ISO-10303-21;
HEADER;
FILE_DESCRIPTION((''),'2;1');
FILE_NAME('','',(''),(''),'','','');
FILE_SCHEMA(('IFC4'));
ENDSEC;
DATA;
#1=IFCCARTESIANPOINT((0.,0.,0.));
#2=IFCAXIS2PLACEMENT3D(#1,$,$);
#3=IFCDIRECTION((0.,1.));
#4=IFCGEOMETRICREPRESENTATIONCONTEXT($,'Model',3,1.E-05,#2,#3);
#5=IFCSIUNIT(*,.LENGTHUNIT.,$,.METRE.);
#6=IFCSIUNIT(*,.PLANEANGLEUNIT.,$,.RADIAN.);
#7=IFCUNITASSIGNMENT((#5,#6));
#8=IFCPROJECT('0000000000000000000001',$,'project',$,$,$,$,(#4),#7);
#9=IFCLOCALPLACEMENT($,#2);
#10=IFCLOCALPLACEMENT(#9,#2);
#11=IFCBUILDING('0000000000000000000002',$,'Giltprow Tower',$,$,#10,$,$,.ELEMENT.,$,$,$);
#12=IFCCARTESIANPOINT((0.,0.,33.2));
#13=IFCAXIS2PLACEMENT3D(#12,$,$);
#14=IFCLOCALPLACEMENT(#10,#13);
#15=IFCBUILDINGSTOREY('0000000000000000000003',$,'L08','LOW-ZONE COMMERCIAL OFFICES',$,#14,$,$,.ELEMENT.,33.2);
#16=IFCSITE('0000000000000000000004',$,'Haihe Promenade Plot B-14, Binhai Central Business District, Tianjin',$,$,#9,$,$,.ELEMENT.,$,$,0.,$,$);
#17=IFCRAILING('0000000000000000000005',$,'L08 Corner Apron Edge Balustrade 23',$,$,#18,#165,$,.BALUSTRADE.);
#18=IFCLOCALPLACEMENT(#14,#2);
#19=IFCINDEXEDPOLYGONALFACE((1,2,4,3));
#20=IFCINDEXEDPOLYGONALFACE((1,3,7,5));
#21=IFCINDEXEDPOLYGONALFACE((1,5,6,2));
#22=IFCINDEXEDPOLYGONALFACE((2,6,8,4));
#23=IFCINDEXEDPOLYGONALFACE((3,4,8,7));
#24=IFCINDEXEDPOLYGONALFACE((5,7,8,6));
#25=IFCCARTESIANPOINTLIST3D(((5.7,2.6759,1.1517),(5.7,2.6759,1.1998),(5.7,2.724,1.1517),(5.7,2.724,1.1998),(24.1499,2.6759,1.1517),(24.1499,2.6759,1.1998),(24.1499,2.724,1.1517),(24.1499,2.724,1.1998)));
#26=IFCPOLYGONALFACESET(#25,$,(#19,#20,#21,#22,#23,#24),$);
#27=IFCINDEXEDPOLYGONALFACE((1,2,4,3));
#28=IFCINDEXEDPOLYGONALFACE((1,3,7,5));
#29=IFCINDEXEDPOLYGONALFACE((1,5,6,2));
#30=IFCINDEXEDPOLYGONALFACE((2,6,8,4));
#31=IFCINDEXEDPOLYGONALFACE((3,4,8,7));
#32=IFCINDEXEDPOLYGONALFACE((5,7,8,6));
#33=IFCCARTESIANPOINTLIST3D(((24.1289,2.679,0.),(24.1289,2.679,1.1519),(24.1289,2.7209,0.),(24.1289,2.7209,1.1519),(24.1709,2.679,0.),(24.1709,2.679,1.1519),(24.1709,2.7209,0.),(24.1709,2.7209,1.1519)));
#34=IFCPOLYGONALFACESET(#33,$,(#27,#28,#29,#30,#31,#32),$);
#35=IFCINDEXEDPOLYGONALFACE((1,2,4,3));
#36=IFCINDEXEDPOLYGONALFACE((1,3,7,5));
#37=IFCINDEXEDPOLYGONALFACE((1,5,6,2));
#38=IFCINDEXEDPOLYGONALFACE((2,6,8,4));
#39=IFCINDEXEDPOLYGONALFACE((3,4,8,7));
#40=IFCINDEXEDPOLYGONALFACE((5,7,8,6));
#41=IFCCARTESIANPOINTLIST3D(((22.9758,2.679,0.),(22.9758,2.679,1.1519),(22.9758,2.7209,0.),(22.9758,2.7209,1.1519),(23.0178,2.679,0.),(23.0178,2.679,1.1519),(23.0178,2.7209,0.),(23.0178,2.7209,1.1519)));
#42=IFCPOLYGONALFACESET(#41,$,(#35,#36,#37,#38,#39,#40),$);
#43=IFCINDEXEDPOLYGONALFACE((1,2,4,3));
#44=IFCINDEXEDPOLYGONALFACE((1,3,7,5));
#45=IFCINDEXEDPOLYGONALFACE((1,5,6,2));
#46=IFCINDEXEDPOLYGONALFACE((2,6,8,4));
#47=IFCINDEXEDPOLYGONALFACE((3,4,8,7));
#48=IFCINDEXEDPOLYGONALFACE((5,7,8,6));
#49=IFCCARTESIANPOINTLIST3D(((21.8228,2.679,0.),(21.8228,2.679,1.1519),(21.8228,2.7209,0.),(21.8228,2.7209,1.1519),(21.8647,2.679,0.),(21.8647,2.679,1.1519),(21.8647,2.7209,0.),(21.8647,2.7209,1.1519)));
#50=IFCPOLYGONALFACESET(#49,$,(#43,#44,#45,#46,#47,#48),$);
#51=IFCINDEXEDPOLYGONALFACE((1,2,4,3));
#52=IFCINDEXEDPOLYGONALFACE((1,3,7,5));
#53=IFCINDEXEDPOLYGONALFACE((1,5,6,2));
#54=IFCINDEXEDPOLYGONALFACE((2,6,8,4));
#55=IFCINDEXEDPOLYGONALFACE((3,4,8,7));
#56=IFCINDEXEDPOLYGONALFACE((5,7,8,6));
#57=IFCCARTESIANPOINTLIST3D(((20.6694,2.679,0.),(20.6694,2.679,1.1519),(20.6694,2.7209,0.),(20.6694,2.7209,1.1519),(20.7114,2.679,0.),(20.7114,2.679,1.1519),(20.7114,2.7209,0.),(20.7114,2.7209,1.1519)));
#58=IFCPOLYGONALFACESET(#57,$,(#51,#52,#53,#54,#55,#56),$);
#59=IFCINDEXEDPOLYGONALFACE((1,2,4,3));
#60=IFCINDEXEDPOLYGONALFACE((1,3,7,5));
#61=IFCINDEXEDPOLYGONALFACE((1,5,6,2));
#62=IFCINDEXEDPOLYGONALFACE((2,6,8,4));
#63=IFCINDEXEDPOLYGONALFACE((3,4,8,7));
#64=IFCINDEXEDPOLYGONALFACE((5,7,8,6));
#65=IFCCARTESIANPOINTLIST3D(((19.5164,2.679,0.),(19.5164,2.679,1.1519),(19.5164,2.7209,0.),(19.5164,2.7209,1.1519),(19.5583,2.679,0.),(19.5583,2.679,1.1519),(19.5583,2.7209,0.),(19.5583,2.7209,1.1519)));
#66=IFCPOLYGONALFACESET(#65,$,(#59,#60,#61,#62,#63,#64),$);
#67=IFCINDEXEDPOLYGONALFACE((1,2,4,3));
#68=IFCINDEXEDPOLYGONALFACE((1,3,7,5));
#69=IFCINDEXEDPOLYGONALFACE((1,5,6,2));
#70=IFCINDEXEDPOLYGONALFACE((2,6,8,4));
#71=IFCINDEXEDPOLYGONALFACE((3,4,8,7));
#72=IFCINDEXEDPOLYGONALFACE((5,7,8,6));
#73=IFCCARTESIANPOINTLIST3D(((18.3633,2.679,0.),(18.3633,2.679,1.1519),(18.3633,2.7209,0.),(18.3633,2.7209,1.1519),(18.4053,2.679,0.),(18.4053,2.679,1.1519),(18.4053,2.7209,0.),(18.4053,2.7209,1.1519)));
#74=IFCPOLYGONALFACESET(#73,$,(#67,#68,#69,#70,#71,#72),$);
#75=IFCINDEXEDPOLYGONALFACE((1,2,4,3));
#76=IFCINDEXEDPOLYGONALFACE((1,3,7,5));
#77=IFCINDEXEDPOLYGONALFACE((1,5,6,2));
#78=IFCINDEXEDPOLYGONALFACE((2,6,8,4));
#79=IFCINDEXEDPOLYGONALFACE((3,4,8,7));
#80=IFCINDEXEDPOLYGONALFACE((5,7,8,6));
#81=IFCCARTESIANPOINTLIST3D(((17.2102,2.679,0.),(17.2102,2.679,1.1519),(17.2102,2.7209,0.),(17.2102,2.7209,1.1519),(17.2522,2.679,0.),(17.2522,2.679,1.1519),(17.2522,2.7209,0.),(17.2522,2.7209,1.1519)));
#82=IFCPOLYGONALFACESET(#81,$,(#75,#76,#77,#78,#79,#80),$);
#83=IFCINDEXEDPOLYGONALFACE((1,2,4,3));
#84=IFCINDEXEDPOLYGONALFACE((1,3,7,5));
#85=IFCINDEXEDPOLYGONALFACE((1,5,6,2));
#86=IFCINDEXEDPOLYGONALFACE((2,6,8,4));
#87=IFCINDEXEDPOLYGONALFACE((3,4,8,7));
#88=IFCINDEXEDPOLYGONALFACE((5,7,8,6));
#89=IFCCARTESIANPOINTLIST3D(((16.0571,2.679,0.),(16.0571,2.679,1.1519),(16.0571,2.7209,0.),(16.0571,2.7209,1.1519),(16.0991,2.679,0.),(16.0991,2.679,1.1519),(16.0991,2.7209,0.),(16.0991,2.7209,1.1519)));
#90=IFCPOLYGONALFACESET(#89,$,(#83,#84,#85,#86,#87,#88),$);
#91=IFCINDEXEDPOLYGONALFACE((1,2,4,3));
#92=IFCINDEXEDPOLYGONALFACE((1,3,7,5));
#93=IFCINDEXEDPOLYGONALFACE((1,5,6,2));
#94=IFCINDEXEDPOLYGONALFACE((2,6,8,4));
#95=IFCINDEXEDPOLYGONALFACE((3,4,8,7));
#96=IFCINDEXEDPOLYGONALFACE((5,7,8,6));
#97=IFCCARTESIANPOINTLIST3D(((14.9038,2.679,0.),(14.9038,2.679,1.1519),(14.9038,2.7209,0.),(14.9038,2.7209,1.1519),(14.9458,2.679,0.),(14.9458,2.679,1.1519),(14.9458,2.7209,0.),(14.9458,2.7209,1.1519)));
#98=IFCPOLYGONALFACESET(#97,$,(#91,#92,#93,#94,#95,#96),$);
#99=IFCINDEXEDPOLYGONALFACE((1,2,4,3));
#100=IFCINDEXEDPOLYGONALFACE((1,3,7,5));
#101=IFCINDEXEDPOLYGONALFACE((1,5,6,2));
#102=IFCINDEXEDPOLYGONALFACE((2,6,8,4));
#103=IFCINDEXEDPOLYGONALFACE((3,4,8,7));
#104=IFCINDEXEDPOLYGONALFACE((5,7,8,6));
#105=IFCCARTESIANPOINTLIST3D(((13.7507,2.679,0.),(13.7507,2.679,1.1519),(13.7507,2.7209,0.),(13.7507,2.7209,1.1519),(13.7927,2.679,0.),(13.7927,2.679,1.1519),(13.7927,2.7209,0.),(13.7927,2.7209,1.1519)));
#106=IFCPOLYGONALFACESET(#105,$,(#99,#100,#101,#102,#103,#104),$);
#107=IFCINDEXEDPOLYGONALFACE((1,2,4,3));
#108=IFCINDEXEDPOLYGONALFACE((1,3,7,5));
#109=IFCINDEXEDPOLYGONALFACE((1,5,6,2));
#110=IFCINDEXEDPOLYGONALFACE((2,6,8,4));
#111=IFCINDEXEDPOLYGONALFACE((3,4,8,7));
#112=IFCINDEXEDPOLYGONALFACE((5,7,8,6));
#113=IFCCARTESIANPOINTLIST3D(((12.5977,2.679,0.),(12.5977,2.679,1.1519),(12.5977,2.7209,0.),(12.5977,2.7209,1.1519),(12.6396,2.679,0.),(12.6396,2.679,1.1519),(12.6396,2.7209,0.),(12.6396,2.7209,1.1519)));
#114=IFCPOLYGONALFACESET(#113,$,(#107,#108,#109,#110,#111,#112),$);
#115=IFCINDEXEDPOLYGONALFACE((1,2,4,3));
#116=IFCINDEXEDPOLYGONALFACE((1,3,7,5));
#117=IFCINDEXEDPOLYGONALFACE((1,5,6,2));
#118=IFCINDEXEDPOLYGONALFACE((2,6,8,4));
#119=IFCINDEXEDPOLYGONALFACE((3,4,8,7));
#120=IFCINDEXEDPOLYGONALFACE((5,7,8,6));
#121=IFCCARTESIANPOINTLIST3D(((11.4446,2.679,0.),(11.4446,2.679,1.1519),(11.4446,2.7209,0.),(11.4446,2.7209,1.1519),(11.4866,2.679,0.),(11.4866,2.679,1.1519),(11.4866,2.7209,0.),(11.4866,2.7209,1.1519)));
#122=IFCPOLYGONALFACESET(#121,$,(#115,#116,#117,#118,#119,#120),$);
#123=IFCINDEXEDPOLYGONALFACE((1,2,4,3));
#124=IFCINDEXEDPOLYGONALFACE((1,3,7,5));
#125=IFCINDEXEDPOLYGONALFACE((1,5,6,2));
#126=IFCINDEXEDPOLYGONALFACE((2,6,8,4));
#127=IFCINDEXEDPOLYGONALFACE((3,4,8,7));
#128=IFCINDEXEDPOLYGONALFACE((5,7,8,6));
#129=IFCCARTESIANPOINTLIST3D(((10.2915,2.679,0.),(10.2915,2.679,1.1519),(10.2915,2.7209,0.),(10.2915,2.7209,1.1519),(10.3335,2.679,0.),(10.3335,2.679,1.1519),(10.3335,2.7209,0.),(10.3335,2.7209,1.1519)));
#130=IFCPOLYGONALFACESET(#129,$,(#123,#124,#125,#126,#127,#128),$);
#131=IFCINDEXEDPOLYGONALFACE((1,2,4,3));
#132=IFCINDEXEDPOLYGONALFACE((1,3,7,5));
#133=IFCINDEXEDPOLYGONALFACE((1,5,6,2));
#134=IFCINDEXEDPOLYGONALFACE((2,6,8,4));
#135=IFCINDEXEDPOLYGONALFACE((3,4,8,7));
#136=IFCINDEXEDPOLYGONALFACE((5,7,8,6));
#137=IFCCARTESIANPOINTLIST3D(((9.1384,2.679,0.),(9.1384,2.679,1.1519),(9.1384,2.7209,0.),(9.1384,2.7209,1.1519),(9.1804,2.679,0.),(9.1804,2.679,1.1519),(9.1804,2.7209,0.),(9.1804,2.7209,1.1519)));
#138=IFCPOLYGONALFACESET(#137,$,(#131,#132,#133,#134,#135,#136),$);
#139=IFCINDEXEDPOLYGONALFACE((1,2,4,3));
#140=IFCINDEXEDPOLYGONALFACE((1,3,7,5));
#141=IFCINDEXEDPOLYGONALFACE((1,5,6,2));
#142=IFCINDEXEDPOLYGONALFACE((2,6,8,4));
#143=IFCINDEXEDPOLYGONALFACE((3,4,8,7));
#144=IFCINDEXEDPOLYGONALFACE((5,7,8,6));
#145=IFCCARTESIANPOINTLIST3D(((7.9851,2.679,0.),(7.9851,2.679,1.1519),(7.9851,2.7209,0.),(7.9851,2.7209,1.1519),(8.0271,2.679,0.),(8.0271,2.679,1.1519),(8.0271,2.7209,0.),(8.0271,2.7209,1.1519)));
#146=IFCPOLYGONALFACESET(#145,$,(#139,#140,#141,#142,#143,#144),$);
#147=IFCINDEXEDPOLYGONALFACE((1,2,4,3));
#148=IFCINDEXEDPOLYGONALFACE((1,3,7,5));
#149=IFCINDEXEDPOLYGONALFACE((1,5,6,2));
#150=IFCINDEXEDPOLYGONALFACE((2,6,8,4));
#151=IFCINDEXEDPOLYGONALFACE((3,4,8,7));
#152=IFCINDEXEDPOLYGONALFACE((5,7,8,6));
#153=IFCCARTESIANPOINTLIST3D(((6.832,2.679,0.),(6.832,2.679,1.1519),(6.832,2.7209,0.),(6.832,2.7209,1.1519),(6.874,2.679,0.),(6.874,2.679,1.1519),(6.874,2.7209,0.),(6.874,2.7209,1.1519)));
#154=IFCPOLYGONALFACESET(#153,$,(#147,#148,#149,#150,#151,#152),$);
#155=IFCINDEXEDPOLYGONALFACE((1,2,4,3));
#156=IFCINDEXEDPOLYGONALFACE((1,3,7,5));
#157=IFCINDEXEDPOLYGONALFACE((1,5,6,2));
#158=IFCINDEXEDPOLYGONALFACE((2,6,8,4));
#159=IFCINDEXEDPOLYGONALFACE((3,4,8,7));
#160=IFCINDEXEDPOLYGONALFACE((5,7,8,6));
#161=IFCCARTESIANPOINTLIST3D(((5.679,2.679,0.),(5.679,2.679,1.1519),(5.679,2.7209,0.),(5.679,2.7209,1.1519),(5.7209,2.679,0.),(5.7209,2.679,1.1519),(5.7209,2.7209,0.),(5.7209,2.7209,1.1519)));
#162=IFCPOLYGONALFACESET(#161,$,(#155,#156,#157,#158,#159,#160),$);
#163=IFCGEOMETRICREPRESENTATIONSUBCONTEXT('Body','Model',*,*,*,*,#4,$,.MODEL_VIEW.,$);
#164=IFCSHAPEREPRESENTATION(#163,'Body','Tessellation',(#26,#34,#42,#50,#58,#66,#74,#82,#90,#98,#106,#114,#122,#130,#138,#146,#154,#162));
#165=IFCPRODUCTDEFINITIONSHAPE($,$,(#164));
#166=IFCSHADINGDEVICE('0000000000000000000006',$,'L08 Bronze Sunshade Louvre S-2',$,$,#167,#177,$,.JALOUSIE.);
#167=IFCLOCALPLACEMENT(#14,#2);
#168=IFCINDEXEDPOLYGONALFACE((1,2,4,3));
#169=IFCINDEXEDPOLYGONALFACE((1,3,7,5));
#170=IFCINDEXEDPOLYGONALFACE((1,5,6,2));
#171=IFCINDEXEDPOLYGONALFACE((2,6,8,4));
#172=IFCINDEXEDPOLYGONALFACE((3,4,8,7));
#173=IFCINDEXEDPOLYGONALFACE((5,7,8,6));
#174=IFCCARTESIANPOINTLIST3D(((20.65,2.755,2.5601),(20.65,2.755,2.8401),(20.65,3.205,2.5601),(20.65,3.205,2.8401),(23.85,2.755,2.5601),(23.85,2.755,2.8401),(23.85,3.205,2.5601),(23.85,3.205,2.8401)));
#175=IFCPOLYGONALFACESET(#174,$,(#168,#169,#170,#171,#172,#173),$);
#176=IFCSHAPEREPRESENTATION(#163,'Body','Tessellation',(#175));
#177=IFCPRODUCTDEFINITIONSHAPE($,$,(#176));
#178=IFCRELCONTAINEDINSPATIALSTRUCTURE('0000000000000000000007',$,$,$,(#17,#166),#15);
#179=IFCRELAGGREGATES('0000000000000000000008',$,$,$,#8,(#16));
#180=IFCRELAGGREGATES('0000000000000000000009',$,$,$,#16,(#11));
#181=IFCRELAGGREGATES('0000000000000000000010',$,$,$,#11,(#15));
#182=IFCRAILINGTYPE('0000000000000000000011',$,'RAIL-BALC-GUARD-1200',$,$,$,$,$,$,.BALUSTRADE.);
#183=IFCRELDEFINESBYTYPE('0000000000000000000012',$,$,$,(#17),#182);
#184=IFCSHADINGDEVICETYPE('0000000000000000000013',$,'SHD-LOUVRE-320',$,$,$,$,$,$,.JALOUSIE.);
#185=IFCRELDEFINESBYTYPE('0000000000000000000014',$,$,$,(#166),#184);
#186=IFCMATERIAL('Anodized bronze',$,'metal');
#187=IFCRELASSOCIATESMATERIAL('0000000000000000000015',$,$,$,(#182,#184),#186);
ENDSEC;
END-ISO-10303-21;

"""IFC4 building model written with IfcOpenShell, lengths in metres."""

from ifc_helpers import new_model, si_unit, direction, frame, origin, origin_2d, place, context, subcontext, project, spatial, rectangle, extrude, source, transform, mapped, material, type_object, element, save


model = new_model("IFC4")

# Units and contexts
model_context = context("Model", 3, precision=1e-05, world=origin(), true_north=direction((0.0, 1.0)))
body_context = subcontext(model_context, "Body", "Model", "MODEL_VIEW")
ifc_project = project(units=[si_unit("LENGTHUNIT", "METRE"), si_unit("PLANEANGLEUNIT", "RADIAN")], contexts=[model_context])

# Site, building, storey
site_placement = place(None, origin())
site = spatial("IfcSite", under=ifc_project, at=site_placement, Name="Haihe Promenade Plot B-14, Binhai Central Business District, Tianjin", CompositionType="ELEMENT", RefElevation=0.0)
building_placement = place(site_placement, origin())
building = spatial("IfcBuilding", under=site, at=building_placement, Name="Giltprow Tower", CompositionType="ELEMENT")
storey_placement = place(building_placement, frame((0.0, 0.0, 33.2)))
storey = spatial("IfcBuildingStorey", under=building, at=storey_placement, Name="L08", Description="LOW-ZONE COMMERCIAL OFFICES", CompositionType="ELEMENT", Elevation=33.2)

# Shared definitions
ifc_material_1 = material(Name="Anodized bronze", Category="metal")

# Railing
railing_type = type_object("IfcRailingType", Name="RAIL-BALC-GUARD-1200", PredefinedType="BALUSTRADE", material=ifc_material_1)
railing_1_placement = place(storey_placement, frame((24.1499, 2.7, 0.0)))
element("IfcRailing", 1, at=railing_1_placement, inside=storey, type_object=railing_type, Name="L08 Corner Apron Edge Balustrade 23", PredefinedType="BALUSTRADE", context=body_context, shape_type="SweptSolid", body=[
    extrude(rectangle(XDim=0.0481, YDim=0.0481, at=origin_2d()), frame((0.0, 0.0, 1.1758), z_axis=(-1.0, 0.0, 0.0), x_axis=(0.0, -1.0, 0.0)), (0.0, 0.0, 1.0), 18.45),
    extrude(rectangle(XDim=0.042, YDim=0.042, at=origin_2d()), origin(), (0.0, 0.0, 1.0), 1.1519),
    extrude(rectangle(XDim=0.042, YDim=0.042, at=origin_2d()), frame((-1.1531, 0.0, 0.0)), (0.0, 0.0, 1.0), 1.1519),
    extrude(rectangle(XDim=0.042, YDim=0.042, at=origin_2d()), frame((-2.3062, 0.0, 0.0)), (0.0, 0.0, 1.0), 1.1519),
    extrude(rectangle(XDim=0.042, YDim=0.042, at=origin_2d()), frame((-3.4595, 0.0, 0.0)), (0.0, 0.0, 1.0), 1.1519),
    extrude(rectangle(XDim=0.042, YDim=0.042, at=origin_2d()), frame((-4.6125, 0.0, 0.0)), (0.0, 0.0, 1.0), 1.1519),
    extrude(rectangle(XDim=0.042, YDim=0.042, at=origin_2d()), frame((-5.7656, 0.0, 0.0)), (0.0, 0.0, 1.0), 1.1519),
    extrude(rectangle(XDim=0.042, YDim=0.042, at=origin_2d()), frame((-6.9187, 0.0, 0.0)), (0.0, 0.0, 1.0), 1.1519),
    extrude(rectangle(XDim=0.042, YDim=0.042, at=origin_2d()), frame((-8.0718, 0.0, 0.0)), (0.0, 0.0, 1.0), 1.1519),
    extrude(rectangle(XDim=0.042, YDim=0.042, at=origin_2d()), frame((-9.2251, 0.0, 0.0)), (0.0, 0.0, 1.0), 1.1519),
    extrude(rectangle(XDim=0.042, YDim=0.042, at=origin_2d()), frame((-10.3782, 0.0, 0.0)), (0.0, 0.0, 1.0), 1.1519),
    extrude(rectangle(XDim=0.042, YDim=0.042, at=origin_2d()), frame((-11.5312, 0.0, 0.0)), (0.0, 0.0, 1.0), 1.1519),
    extrude(rectangle(XDim=0.042, YDim=0.042, at=origin_2d()), frame((-12.6843, 0.0, 0.0)), (0.0, 0.0, 1.0), 1.1519),
    extrude(rectangle(XDim=0.042, YDim=0.042, at=origin_2d()), frame((-13.8374, 0.0, 0.0)), (0.0, 0.0, 1.0), 1.1519),
    extrude(rectangle(XDim=0.042, YDim=0.042, at=origin_2d()), frame((-14.9905, 0.0, 0.0)), (0.0, 0.0, 1.0), 1.1519),
    extrude(rectangle(XDim=0.042, YDim=0.042, at=origin_2d()), frame((-16.1438, 0.0, 0.0)), (0.0, 0.0, 1.0), 1.1519),
    extrude(rectangle(XDim=0.042, YDim=0.042, at=origin_2d()), frame((-17.2969, 0.0, 0.0)), (0.0, 0.0, 1.0), 1.1519),
    extrude(rectangle(XDim=0.042, YDim=0.042, at=origin_2d()), frame((-18.45, 0.0, 0.0)), (0.0, 0.0, 1.0), 1.1519),
])

# Shading device
shading_device_type = type_object("IfcShadingDeviceType", Name="SHD-LOUVRE-320", PredefinedType="JALOUSIE", material=ifc_material_1)
shared_shape_1 = source(origin(), body_context, "Body", "SweptSolid", [
    extrude(rectangle(XDim=3.2, YDim=0.45, at=origin_2d()), origin(), (0.0, 0.0, 1.0), 0.28),
])
shading_device_placement = place(storey_placement, frame((22.25, 2.98, 2.5601), z_axis=(0.0, 0.0, 1.0), x_axis=(1.0, 0.0, 0.0)))
element("IfcShadingDevice", 2, at=shading_device_placement, inside=storey, type_object=shading_device_type, Name="L08 Bronze Sunshade Louvre S-2", PredefinedType="JALOUSIE", context=body_context, shape_type="MappedRepresentation", body=[
    mapped(shared_shape_1, transform((0.0, 0.0, 0.0), x_axis=(1.0, 0.0, 0.0), y_axis=(0.0, 1.0, 0.0), z_axis=(0.0, 0.0, 1.0), scale=1.0)),
])

save(model, "model.ifc")
